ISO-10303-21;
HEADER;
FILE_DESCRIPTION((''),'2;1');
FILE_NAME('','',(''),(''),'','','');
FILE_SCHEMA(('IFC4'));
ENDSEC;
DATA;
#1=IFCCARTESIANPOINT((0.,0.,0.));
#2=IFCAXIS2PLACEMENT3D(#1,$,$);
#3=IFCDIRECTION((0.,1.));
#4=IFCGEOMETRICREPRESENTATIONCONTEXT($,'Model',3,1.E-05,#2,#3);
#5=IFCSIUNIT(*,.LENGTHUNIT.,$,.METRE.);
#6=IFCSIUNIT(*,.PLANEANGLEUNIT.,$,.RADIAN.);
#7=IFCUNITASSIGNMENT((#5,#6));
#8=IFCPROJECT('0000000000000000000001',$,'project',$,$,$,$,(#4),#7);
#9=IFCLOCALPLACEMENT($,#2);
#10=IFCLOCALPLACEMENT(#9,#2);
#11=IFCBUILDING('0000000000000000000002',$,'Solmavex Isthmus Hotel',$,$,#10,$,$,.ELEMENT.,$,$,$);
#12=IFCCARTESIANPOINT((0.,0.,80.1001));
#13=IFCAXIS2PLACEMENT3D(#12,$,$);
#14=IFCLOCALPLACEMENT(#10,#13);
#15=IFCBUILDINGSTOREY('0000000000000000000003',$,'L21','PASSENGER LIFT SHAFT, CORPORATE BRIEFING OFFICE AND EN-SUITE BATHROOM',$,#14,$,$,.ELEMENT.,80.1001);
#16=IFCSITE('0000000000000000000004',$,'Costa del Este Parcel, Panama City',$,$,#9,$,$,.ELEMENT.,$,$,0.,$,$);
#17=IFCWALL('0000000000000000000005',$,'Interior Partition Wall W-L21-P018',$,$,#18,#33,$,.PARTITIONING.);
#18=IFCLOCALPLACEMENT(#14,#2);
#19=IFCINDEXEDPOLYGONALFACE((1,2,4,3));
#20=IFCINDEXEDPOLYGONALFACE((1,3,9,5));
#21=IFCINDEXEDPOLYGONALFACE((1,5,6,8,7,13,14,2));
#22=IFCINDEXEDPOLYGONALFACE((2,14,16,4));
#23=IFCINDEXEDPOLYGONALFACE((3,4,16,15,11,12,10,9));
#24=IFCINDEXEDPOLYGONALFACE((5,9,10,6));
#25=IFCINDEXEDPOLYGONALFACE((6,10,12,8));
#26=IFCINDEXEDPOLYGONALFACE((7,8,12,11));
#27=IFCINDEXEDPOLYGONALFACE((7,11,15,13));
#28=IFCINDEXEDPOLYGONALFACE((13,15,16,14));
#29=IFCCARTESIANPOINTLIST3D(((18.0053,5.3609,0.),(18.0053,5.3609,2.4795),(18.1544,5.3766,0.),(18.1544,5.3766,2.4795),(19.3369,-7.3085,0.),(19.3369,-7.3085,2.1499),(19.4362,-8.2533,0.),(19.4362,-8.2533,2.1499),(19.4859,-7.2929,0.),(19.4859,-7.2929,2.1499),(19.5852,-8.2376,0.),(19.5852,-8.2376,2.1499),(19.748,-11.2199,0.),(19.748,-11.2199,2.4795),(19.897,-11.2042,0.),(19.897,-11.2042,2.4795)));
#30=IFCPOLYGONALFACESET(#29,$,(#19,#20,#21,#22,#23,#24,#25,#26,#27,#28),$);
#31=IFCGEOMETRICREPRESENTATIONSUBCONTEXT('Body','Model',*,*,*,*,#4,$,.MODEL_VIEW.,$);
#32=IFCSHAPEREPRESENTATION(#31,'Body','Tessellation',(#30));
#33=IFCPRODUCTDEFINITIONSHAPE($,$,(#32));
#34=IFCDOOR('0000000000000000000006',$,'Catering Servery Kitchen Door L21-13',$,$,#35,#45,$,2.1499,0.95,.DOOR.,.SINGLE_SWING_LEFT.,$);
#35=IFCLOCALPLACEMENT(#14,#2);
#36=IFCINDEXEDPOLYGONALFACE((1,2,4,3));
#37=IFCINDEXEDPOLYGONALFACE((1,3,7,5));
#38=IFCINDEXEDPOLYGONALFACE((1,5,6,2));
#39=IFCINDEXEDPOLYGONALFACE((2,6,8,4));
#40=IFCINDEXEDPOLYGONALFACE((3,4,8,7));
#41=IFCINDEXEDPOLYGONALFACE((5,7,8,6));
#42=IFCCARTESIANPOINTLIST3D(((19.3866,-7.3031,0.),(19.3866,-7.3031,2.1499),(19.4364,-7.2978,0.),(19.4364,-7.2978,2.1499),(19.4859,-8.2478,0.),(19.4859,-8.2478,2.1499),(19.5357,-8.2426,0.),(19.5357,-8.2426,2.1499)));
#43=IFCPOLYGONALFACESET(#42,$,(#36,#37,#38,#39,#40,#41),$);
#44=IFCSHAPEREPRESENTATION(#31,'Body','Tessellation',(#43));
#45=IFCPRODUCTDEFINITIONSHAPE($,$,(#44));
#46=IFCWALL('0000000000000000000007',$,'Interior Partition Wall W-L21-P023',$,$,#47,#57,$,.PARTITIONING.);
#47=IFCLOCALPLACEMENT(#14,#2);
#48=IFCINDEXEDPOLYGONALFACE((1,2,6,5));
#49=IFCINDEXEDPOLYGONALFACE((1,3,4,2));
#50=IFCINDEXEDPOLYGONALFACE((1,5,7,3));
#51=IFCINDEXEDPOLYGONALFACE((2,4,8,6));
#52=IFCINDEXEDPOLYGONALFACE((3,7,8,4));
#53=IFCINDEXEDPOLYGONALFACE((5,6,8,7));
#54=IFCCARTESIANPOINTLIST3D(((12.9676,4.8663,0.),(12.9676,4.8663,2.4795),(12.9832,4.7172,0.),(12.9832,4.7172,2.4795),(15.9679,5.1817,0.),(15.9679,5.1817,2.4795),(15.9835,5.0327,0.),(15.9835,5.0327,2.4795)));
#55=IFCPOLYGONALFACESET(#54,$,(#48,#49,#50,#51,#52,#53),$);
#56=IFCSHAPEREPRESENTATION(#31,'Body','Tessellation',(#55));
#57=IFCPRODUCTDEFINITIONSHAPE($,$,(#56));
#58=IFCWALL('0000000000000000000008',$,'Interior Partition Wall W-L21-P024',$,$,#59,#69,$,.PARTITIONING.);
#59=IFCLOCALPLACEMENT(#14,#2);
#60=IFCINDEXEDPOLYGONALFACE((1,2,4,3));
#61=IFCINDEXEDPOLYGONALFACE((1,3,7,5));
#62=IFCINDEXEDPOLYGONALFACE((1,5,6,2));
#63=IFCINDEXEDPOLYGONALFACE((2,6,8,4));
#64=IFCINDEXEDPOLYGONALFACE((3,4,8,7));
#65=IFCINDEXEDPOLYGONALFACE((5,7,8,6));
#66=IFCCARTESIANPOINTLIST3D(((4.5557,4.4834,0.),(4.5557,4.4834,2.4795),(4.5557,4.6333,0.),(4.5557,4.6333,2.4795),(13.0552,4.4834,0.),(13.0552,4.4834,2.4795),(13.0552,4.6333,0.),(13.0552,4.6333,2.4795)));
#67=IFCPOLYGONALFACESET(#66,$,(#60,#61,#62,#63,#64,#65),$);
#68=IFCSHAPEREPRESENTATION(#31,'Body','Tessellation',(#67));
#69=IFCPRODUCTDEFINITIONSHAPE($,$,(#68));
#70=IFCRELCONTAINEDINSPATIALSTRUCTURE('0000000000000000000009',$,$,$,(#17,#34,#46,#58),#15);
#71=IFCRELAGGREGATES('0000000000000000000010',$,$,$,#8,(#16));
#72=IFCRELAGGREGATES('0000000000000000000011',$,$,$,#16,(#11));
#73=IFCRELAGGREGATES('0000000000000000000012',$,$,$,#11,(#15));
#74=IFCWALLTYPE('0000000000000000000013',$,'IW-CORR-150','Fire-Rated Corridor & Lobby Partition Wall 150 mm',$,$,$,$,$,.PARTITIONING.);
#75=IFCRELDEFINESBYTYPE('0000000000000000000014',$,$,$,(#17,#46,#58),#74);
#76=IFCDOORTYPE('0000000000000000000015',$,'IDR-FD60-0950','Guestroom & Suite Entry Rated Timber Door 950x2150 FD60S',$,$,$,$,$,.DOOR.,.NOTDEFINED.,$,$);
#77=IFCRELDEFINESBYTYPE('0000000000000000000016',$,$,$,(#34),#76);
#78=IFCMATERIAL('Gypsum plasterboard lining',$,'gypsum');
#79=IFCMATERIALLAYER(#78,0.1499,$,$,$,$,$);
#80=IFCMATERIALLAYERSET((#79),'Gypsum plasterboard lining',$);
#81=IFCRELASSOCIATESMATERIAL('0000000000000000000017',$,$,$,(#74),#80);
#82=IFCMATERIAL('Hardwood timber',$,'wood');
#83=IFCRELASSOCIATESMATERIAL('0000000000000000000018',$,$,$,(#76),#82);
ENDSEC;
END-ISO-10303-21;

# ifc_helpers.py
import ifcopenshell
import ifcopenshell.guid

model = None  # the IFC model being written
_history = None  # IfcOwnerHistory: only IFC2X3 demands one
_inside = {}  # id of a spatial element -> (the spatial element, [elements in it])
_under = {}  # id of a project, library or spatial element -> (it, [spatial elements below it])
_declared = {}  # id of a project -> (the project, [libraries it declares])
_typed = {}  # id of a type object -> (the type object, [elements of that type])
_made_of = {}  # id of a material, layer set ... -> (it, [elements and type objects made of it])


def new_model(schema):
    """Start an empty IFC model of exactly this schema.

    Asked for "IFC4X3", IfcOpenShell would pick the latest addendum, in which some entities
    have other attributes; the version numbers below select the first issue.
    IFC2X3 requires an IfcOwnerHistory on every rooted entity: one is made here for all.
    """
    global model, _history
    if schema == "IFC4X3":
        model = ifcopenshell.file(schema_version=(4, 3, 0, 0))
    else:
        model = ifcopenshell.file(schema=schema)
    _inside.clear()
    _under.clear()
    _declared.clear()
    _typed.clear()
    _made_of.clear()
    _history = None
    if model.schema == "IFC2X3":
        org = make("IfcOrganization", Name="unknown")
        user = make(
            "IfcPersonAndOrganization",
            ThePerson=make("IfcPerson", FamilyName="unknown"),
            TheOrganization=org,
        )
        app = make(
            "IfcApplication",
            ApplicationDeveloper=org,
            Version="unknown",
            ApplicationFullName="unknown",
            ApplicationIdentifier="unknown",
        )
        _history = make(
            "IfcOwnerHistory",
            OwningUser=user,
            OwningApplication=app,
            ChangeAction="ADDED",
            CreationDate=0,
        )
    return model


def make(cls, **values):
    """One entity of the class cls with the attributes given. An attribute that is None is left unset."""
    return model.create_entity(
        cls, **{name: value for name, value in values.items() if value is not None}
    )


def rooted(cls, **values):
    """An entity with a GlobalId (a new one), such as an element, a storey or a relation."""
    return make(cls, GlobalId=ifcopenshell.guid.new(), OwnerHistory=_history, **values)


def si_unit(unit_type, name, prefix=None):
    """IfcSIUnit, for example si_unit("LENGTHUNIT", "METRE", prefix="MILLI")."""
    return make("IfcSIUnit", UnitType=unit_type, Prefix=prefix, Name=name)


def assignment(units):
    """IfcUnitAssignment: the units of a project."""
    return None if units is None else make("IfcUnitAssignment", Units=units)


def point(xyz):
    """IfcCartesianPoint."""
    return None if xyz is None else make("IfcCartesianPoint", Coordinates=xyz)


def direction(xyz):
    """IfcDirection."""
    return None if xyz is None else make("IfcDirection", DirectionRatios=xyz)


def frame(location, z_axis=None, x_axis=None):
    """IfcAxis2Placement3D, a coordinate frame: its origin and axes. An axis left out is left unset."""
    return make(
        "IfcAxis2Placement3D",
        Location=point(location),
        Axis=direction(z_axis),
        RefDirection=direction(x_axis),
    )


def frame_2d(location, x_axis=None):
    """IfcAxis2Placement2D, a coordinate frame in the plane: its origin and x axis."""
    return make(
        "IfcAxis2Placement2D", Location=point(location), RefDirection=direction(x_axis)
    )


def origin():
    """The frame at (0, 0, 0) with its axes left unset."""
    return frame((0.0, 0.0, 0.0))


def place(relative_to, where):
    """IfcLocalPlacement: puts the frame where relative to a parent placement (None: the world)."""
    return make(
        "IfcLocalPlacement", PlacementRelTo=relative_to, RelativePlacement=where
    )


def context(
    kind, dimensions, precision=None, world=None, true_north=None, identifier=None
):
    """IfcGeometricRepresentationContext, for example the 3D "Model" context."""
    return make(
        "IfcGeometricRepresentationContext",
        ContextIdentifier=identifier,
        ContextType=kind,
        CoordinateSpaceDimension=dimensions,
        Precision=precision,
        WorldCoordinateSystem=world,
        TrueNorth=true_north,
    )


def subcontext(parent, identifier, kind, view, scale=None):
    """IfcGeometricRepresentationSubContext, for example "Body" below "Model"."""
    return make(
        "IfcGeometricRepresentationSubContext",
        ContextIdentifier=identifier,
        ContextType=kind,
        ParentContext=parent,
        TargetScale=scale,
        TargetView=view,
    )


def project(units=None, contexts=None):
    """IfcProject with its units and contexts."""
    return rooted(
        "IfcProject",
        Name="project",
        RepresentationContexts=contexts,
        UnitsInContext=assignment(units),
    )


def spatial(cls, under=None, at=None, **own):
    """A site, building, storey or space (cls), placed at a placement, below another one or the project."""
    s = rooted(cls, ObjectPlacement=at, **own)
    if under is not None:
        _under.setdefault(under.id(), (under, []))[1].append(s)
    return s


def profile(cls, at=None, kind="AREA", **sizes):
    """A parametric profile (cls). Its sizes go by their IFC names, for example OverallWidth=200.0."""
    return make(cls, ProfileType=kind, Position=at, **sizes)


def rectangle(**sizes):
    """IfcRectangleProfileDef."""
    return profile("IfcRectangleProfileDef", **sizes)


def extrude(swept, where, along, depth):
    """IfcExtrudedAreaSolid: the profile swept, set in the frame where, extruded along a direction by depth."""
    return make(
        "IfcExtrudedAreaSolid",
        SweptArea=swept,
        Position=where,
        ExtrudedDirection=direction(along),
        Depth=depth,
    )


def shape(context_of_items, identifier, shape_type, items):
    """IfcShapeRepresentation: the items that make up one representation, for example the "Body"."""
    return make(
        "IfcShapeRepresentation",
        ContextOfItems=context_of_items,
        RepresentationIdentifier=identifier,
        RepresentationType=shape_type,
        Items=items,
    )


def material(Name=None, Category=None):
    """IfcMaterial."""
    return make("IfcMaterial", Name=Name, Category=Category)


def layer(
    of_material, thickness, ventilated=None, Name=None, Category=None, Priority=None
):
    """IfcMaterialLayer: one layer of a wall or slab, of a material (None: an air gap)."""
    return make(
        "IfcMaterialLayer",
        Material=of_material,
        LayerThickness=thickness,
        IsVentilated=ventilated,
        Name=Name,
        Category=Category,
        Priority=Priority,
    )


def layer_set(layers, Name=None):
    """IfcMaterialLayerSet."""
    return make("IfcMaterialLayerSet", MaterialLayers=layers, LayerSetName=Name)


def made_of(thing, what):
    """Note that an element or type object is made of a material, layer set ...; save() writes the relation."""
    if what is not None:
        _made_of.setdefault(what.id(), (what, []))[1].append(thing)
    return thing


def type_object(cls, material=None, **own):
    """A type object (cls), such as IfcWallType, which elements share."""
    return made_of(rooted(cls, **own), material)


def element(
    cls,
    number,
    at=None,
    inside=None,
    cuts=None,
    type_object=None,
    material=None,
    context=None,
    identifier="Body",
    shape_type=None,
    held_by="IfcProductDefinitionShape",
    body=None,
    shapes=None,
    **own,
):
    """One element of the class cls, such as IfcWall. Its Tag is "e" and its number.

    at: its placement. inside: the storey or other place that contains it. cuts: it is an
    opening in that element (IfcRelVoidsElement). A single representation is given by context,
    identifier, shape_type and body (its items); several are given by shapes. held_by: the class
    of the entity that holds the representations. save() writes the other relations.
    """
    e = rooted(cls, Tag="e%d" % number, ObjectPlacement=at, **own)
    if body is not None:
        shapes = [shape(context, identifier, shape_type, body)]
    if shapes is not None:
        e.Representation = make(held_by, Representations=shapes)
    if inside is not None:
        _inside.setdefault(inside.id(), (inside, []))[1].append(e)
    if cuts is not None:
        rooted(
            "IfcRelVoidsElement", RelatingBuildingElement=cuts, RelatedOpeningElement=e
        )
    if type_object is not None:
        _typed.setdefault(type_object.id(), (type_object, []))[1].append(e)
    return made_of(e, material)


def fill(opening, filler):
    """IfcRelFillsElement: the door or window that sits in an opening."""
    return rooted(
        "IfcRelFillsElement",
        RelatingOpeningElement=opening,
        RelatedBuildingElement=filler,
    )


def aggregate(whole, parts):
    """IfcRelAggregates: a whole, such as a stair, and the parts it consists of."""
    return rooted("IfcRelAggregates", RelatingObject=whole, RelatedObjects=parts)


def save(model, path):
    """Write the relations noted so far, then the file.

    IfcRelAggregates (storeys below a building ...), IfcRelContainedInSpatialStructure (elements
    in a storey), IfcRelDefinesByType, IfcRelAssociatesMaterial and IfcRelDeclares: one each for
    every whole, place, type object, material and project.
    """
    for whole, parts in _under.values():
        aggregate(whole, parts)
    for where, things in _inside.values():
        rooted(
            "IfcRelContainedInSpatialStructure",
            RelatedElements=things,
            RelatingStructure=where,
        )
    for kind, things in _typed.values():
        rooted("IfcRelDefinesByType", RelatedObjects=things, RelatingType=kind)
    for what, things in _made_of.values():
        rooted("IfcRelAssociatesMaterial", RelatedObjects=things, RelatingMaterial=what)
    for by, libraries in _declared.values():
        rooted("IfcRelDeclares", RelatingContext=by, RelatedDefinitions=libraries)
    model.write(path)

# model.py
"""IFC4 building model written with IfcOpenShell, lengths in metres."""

from ifc_helpers import new_model, si_unit, direction, frame, frame_2d, origin, place, context, subcontext, project, spatial, rectangle, extrude, material, layer, layer_set, type_object, element, fill, save


model = new_model("IFC4")

# Units and contexts
model_context = context("Model", 3, precision=1e-05, world=origin(), true_north=direction((0.0, 1.0)))
body_context = subcontext(model_context, "Body", "Model", "MODEL_VIEW")
ifc_project = project(units=[si_unit("LENGTHUNIT", "METRE"), si_unit("PLANEANGLEUNIT", "RADIAN")], contexts=[model_context])

# Site, building, storey
site_placement = place(None, origin())
site = spatial("IfcSite", under=ifc_project, at=site_placement, Name="Costa del Este Parcel, Panama City", CompositionType="ELEMENT", RefElevation=0.0)
building_placement = place(site_placement, origin())
building = spatial("IfcBuilding", under=site, at=building_placement, Name="Solmavex Isthmus Hotel", CompositionType="ELEMENT")
storey_placement = place(building_placement, frame((0.0, 0.0, 80.1001)))
storey = spatial("IfcBuildingStorey", under=building, at=storey_placement, Name="L21", Description="PASSENGER LIFT SHAFT, CORPORATE BRIEFING OFFICE AND EN-SUITE BATHROOM", CompositionType="ELEMENT", Elevation=80.1001)

# Shared definitions
ifc_material_1 = material(Name="Gypsum plasterboard lining", Category="gypsum")

# Wall, opening, door
ifc_layer_1 = layer(ifc_material_1, 0.1499)
ifc_layer_set_1 = layer_set([ifc_layer_1], Name="Gypsum plasterboard lining")
wall_type_1 = type_object("IfcWallType", Name="IW-CORR-150", Description="Fire-Rated Corridor & Lobby Partition Wall 150 mm", PredefinedType="PARTITIONING", material=ifc_layer_set_1)
ifc_material_2 = material(Name="Hardwood timber", Category="wood")
door_type = type_object("IfcDoorType", Name="IDR-FD60-0950", Description="Guestroom & Suite Entry Rated Timber Door 950x2150 FD60S", OperationType="NOTDEFINED", PredefinedType="DOOR", material=ifc_material_2)
wall_1_placement = place(storey_placement, frame((18.0798, 5.3687, 0.0), z_axis=(0.0, 0.0, 1.0), x_axis=(0.104526, -0.994522, 0.0)))
wall_1 = element("IfcWall", 1, at=wall_1_placement, inside=storey, type_object=wall_type_1, Name="Interior Partition Wall W-L21-P018", PredefinedType="PARTITIONING", context=body_context, shape_type="SweptSolid", body=[
    extrude(rectangle(XDim=16.6721, YDim=0.1499, at=frame_2d((8.3359, 0.0))), origin(), (0.0, 0.0, 1.0), 2.4795),
])
opening_1_placement = place(wall_1_placement, frame((12.739, 0.0, 0.0)))
opening_1 = element("IfcOpeningElement", 2, at=opening_1_placement, cuts=wall_1, PredefinedType="OPENING", context=body_context, shape_type="SweptSolid", body=[
    extrude(rectangle(XDim=0.95, YDim=2.1499, at=frame_2d((0.4751, 1.075))), frame((0.0, 0.085, 0.0), z_axis=(0.0, -1.0, 0.0), x_axis=(1.0, 0.0, 0.0)), (0.0, 0.0, 1.0), 0.1699),
])
door_1_placement = place(opening_1_placement, frame((0.95, 0.0, 0.0), z_axis=(0.0, 0.0, 1.0), x_axis=(-1.0, 0.0, 0.0)))
door_1 = element("IfcDoor", 3, at=door_1_placement, inside=storey, type_object=door_type, Name="Catering Servery Kitchen Door L21-13", OperationType="SINGLE_SWING_LEFT", OverallHeight=2.1499, OverallWidth=0.95, PredefinedType="DOOR", context=body_context, shape_type="SweptSolid", body=[
    extrude(rectangle(XDim=0.95, YDim=2.1499, at=frame_2d((0.4751, 1.075))), frame((0.0, 0.0249, 0.0), z_axis=(0.0, -1.0, 0.0), x_axis=(1.0, 0.0, 0.0)), (0.0, 0.0, 1.0), 0.05),
])
fill(opening_1, door_1)

# Walls
wall_2_placement = place(storey_placement, frame((15.9756, 5.1072, 0.0), z_axis=(0.0, 0.0, 1.0), x_axis=(-0.994519, -0.104558, 0.0)))
element("IfcWall", 4, at=wall_2_placement, inside=storey, type_object=wall_type_1, Name="Interior Partition Wall W-L21-P023", PredefinedType="PARTITIONING", context=body_context, shape_type="SweptSolid", body=[
    extrude(rectangle(XDim=3.0168, YDim=0.1499, at=frame_2d((1.5083, 0.0))), origin(), (0.0, 0.0, 1.0), 2.4795),
])
wall_3_placement = place(storey_placement, frame((13.0552, 4.5583, 0.0), z_axis=(0.0, 0.0, 1.0), x_axis=(-1.0, 0.0, 0.0)))
element("IfcWall", 5, at=wall_3_placement, inside=storey, type_object=wall_type_1, Name="Interior Partition Wall W-L21-P024", PredefinedType="PARTITIONING", context=body_context, shape_type="SweptSolid", body=[
    extrude(rectangle(XDim=8.4995, YDim=0.1499, at=frame_2d((4.2498, 0.0))), origin(), (0.0, 0.0, 1.0), 2.4795),
])

save(model, "model.ifc")
